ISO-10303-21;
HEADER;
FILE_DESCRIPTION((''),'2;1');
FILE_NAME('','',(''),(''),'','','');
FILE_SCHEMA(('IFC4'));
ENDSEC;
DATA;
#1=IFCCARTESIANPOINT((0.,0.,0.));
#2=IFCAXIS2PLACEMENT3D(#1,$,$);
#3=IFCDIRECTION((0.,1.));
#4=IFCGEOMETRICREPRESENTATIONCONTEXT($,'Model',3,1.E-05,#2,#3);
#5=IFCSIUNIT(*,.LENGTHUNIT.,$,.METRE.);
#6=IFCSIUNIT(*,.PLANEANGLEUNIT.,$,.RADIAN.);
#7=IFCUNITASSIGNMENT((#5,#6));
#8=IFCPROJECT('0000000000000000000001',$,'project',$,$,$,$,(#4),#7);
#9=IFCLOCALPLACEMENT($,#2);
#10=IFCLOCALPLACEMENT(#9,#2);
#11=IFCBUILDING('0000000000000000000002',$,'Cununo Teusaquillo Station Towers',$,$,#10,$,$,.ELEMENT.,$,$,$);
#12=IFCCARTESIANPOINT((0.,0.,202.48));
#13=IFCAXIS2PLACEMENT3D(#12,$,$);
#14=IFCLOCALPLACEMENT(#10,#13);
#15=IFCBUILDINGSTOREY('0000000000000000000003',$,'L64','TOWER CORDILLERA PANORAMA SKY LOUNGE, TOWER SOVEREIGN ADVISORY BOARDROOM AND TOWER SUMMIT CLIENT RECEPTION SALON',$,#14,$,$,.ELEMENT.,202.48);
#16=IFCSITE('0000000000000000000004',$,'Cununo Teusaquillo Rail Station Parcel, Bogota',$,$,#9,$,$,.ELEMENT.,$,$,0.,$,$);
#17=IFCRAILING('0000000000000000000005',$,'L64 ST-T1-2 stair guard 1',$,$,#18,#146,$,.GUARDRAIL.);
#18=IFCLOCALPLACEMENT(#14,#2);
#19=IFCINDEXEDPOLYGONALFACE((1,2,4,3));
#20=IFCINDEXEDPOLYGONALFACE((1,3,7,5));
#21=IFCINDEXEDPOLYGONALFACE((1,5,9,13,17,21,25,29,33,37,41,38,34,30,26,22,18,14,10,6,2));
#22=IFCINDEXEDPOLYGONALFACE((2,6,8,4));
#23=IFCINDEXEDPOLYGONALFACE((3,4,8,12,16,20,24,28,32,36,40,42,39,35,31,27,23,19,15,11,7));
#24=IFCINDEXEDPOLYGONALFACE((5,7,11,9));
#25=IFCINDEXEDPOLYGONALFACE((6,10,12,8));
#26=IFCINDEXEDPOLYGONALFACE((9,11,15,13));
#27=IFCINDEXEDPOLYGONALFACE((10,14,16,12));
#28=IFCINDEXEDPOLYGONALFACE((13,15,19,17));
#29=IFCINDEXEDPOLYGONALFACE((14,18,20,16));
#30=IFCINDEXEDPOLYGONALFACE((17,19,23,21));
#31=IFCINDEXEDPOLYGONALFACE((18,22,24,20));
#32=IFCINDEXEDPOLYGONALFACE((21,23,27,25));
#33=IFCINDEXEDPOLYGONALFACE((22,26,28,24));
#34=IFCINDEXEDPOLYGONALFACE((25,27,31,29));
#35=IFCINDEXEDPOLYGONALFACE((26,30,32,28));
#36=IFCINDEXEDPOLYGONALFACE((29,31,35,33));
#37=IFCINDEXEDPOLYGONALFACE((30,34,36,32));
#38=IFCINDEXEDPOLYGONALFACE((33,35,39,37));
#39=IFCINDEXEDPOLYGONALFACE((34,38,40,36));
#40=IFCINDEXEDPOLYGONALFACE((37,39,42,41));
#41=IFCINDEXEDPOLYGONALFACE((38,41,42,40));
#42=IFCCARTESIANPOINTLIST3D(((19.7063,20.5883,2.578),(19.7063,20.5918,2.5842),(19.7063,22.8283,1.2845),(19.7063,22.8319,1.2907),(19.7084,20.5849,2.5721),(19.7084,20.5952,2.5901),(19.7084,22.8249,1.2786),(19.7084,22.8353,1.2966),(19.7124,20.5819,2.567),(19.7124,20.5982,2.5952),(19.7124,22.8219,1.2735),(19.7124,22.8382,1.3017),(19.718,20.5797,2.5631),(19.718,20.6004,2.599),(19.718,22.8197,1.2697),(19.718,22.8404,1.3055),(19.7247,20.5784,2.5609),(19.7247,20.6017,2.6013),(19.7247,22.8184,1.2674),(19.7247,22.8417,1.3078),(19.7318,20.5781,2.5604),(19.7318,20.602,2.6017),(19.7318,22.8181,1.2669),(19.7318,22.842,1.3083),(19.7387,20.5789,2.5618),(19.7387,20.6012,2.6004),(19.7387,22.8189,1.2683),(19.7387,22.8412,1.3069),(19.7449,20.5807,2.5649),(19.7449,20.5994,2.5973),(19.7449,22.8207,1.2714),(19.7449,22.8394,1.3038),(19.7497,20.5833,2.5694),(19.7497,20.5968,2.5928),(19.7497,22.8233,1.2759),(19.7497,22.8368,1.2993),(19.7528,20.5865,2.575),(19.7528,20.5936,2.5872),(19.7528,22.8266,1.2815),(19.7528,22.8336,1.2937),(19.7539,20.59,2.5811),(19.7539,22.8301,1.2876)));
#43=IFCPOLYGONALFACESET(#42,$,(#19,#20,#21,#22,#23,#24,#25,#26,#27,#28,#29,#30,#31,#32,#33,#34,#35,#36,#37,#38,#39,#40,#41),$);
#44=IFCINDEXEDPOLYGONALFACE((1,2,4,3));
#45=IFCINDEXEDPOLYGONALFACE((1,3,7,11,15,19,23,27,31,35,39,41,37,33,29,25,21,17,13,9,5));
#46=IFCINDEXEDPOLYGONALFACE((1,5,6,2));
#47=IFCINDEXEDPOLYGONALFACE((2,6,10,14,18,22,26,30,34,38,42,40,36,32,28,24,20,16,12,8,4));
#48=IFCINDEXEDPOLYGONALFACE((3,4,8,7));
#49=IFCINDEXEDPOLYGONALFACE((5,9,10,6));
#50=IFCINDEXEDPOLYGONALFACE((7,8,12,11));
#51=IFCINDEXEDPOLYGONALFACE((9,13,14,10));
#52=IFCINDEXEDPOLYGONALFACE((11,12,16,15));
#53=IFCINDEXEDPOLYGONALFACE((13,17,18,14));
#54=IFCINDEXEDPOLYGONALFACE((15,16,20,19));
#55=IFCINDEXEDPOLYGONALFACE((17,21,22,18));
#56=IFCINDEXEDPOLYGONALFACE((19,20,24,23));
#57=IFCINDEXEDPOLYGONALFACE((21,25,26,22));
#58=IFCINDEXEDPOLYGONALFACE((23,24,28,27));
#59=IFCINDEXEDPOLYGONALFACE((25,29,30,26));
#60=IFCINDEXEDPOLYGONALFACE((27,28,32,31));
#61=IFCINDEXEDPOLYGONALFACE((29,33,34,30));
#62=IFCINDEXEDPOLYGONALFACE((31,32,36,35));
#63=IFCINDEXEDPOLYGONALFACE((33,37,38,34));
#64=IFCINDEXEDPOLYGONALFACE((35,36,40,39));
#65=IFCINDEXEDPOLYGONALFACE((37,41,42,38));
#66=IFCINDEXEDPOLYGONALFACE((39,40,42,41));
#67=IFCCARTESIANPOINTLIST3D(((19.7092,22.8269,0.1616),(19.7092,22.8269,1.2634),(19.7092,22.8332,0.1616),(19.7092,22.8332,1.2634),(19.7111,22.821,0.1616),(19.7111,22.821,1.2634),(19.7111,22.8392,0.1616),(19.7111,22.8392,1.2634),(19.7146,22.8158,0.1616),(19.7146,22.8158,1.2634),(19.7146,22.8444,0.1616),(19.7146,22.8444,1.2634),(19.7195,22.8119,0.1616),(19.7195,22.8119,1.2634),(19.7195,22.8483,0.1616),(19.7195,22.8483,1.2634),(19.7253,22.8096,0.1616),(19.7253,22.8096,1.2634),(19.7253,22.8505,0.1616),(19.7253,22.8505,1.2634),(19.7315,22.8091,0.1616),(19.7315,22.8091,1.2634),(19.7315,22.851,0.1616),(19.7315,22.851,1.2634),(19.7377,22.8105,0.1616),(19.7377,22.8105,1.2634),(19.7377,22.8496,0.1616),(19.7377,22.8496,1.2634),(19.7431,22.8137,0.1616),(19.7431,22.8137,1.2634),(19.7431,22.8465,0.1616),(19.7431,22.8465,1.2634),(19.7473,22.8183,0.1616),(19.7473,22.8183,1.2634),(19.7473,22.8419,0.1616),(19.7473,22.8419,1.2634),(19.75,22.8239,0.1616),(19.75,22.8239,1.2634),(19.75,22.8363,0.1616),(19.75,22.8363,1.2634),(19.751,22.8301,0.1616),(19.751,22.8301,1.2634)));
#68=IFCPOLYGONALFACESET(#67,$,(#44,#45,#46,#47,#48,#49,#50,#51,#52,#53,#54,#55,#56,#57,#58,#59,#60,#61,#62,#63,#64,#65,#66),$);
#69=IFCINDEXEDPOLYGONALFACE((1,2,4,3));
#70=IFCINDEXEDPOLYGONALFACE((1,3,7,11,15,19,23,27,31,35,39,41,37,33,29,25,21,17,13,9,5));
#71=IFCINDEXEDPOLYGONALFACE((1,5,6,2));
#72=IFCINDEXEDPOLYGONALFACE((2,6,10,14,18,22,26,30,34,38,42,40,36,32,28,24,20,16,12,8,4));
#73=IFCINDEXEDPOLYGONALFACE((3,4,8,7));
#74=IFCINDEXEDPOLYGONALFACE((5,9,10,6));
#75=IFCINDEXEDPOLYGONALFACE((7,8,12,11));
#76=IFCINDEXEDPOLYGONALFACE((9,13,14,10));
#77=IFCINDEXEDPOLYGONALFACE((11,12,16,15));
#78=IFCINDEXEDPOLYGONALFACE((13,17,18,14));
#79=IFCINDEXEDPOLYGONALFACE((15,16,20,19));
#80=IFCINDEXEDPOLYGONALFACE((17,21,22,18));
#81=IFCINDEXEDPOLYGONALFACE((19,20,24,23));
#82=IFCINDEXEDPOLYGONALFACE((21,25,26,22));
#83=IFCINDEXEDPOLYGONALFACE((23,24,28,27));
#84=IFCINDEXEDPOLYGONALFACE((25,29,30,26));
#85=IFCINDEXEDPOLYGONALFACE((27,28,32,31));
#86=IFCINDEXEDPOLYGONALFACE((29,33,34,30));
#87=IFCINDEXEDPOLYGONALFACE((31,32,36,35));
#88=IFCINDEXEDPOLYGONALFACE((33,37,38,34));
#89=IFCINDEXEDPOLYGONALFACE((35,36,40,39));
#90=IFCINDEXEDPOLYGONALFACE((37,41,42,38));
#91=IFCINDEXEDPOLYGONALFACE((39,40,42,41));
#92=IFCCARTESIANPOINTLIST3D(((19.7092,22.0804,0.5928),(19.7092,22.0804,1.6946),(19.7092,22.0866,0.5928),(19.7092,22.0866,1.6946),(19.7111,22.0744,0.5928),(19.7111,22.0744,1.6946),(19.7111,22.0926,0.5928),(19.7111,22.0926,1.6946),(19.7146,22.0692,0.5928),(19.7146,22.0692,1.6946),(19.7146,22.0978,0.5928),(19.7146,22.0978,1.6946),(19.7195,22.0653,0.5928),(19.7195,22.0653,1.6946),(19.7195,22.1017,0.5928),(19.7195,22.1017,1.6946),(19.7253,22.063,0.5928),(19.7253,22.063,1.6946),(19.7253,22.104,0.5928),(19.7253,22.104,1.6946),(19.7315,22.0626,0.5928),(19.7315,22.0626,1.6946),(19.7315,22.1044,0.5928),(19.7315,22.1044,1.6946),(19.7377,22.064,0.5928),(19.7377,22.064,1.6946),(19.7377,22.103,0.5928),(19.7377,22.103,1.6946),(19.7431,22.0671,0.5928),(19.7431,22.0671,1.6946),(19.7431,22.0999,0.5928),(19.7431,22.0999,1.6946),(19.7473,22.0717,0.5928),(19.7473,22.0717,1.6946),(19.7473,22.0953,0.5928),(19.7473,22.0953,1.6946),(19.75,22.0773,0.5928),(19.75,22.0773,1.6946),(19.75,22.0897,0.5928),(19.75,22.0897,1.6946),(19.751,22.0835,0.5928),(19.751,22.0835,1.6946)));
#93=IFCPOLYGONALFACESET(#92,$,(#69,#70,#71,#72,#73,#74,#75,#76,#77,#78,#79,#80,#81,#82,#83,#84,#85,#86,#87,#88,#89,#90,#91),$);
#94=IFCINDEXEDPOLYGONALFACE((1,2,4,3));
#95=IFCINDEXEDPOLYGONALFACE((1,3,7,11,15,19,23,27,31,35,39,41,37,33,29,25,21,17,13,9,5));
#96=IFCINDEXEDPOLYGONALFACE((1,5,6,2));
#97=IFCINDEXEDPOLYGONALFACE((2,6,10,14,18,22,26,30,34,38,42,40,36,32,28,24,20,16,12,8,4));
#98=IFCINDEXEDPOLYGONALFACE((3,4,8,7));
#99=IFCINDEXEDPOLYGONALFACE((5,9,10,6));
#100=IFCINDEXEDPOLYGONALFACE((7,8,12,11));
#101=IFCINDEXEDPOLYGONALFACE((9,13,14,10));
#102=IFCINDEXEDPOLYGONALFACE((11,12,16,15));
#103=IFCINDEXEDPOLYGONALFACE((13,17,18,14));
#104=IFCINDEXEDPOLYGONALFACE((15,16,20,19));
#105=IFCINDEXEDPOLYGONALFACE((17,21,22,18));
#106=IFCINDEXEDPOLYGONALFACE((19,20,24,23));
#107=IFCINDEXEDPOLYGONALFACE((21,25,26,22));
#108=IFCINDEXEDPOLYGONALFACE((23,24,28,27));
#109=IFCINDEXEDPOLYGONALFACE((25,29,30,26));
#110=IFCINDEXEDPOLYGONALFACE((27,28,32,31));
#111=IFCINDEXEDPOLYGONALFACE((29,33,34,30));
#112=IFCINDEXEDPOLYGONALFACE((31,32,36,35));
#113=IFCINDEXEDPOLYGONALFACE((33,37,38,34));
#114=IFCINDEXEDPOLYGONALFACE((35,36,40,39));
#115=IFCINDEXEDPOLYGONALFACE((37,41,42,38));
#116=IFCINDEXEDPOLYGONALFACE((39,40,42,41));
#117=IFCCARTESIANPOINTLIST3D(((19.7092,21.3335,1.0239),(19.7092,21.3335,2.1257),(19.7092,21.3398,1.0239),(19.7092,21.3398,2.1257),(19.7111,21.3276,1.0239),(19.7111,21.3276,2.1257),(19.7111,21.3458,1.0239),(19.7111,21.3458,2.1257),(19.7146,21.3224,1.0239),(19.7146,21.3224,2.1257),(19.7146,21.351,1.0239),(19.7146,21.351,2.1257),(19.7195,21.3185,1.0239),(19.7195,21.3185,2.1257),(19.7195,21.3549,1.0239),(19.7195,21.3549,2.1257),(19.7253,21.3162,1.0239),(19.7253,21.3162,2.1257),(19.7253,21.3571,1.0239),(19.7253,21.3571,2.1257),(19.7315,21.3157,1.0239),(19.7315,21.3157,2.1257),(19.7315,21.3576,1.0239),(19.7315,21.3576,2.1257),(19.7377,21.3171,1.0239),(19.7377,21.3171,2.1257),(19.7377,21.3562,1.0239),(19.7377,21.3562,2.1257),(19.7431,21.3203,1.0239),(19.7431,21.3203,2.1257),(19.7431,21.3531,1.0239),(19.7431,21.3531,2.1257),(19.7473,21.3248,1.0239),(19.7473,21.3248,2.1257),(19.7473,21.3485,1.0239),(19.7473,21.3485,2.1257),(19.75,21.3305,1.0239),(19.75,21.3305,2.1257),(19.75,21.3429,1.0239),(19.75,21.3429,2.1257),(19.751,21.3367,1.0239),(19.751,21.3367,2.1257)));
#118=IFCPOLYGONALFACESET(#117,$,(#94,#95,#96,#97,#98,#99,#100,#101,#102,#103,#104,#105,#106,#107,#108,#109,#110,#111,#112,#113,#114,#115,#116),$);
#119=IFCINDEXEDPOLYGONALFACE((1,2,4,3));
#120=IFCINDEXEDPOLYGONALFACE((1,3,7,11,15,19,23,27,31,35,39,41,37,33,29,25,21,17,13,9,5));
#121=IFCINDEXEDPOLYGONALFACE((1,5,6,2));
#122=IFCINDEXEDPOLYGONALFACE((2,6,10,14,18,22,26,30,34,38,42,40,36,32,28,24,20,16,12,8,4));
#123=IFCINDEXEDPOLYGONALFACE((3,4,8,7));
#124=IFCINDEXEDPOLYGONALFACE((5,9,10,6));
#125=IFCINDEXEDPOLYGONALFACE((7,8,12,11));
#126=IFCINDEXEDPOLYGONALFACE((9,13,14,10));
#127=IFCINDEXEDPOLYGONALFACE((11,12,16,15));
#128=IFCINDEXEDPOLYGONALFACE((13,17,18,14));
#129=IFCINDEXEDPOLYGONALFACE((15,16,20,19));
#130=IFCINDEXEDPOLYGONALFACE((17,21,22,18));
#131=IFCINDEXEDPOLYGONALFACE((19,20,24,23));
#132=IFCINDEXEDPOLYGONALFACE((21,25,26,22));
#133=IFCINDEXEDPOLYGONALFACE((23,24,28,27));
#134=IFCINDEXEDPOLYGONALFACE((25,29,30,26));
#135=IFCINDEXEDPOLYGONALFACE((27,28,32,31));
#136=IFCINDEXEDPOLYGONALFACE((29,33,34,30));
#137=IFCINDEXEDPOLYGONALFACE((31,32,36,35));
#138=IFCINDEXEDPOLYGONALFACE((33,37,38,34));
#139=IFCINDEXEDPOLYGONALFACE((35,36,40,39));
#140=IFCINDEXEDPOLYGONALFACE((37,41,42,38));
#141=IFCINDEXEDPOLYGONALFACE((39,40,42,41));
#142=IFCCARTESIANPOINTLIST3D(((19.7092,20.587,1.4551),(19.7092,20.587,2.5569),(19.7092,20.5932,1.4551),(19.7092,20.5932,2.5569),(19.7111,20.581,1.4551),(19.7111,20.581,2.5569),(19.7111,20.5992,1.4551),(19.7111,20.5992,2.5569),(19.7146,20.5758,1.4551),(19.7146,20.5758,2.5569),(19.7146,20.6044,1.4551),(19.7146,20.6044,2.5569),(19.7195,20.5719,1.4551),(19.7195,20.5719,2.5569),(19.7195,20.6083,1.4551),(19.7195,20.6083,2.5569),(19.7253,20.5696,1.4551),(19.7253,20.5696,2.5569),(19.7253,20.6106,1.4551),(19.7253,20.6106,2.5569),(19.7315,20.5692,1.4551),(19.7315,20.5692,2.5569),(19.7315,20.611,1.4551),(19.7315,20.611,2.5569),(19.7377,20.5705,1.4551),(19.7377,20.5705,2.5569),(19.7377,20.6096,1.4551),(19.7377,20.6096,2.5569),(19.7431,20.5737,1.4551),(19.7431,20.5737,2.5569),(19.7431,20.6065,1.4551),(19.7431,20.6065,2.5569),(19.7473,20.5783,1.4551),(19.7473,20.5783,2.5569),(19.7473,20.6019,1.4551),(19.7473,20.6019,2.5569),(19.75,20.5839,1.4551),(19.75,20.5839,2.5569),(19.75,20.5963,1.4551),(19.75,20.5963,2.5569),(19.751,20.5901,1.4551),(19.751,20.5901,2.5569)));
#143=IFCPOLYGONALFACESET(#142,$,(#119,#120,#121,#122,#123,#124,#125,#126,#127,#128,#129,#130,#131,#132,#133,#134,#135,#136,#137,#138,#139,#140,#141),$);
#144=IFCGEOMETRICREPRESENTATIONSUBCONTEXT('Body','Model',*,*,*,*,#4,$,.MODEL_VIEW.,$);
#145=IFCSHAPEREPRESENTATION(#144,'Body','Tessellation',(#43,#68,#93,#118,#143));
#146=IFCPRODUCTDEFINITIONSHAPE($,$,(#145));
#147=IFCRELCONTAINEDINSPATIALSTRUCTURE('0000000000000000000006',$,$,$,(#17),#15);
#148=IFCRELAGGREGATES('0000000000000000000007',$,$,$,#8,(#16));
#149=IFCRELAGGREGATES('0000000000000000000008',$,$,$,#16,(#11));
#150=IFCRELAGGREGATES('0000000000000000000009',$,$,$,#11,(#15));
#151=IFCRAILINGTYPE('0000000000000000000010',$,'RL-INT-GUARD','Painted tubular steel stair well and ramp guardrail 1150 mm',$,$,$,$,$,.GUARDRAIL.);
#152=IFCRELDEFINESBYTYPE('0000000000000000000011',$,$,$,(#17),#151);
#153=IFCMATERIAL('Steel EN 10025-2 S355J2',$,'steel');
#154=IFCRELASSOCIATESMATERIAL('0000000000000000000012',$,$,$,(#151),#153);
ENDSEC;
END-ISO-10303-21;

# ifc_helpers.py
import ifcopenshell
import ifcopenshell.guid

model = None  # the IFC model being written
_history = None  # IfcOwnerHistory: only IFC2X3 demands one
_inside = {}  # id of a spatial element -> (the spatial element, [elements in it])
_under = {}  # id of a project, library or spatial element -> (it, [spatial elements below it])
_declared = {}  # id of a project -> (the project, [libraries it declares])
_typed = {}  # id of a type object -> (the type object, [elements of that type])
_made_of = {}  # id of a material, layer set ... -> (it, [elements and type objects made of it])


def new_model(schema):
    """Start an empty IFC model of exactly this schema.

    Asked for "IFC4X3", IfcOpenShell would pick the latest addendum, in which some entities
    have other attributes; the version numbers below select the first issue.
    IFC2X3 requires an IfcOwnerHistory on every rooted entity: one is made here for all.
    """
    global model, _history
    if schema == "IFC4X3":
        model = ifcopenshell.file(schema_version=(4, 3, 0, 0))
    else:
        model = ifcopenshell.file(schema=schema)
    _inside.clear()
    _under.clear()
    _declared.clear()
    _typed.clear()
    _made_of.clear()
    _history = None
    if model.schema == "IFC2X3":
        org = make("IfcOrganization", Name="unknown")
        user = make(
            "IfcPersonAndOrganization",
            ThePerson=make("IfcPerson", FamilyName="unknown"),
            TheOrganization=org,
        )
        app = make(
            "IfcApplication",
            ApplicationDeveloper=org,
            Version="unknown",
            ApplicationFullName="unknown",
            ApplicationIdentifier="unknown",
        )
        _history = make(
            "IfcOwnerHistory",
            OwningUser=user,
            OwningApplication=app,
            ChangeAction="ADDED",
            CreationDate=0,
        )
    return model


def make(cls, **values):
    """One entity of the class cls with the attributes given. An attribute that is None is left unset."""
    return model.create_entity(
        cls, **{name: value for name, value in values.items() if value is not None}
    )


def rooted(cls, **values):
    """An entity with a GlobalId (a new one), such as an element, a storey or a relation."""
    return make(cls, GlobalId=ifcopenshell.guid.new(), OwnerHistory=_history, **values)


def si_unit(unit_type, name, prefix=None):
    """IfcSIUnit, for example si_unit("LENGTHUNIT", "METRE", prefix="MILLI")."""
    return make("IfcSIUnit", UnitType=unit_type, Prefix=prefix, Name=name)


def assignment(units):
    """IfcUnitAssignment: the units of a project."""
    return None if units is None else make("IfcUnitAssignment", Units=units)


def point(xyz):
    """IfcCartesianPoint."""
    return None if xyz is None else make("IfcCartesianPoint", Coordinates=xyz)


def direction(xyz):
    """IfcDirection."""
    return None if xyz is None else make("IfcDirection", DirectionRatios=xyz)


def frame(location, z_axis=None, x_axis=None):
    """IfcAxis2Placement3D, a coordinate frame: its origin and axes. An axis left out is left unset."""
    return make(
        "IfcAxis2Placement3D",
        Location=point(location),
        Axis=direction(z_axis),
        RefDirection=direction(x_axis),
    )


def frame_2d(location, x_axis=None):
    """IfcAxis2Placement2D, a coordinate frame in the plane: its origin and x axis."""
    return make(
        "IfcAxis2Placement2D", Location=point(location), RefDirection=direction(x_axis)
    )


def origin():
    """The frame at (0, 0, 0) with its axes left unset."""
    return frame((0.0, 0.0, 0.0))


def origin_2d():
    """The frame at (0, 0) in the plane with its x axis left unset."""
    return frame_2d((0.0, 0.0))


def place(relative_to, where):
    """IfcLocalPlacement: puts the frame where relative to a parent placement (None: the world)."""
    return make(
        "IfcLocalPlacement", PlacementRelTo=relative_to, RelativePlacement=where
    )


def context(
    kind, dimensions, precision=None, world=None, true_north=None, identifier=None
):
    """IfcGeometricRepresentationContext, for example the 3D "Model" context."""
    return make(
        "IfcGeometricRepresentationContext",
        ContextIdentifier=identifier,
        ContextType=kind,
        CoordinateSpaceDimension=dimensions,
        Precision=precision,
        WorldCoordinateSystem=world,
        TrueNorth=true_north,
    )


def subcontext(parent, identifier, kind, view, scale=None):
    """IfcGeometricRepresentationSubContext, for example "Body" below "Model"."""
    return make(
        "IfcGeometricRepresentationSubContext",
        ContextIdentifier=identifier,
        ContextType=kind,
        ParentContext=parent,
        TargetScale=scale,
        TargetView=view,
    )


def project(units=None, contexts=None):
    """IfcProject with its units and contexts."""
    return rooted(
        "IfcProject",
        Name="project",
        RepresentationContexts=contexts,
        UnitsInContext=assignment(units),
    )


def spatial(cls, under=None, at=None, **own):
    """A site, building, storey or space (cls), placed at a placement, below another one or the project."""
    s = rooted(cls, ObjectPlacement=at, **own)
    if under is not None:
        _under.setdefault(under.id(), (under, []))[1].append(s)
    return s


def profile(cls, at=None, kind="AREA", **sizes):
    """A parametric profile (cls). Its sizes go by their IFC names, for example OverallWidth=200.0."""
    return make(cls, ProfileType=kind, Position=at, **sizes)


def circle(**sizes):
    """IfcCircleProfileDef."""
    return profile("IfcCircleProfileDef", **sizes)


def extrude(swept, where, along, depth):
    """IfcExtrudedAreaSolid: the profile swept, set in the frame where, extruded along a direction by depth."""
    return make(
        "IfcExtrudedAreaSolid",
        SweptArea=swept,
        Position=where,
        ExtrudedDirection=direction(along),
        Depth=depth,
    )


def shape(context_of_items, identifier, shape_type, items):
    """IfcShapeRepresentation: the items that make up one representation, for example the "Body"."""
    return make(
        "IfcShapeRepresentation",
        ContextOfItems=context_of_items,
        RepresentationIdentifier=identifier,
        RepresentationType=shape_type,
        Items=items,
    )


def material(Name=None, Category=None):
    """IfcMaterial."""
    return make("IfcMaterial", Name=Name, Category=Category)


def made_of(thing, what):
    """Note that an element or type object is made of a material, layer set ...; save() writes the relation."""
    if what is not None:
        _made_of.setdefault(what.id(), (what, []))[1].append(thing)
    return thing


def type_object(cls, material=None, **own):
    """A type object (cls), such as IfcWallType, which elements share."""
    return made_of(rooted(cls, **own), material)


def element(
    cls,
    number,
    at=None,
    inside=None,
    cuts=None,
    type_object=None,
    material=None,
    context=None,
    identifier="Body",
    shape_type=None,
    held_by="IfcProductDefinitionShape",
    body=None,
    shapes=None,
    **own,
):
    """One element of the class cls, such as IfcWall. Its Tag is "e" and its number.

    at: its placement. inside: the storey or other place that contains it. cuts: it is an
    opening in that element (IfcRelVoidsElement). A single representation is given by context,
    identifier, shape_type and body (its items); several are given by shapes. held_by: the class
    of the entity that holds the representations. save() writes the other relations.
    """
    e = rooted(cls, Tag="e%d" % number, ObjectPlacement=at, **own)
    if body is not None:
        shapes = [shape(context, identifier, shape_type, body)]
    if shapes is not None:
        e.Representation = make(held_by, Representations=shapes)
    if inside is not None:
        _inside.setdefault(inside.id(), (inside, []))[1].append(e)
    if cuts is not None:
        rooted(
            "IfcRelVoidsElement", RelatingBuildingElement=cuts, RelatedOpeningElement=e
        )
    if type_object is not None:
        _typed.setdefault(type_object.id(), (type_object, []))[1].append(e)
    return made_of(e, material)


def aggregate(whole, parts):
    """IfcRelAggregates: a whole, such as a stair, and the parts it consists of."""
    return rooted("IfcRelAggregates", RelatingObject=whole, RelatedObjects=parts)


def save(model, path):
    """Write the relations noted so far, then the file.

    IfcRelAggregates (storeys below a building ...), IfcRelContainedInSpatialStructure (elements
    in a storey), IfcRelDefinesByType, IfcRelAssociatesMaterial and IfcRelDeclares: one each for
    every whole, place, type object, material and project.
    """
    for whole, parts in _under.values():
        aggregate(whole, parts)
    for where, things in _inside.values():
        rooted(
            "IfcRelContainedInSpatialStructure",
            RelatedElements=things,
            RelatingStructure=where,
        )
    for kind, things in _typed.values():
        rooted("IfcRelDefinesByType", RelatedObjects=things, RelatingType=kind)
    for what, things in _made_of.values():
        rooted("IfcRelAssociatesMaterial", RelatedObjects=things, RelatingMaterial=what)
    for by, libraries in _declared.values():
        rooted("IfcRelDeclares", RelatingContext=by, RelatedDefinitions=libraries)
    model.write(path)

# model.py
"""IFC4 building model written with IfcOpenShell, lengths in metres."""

from ifc_helpers import new_model, si_unit, direction, frame, origin, origin_2d, place, context, subcontext, project, spatial, circle, extrude, material, type_object, element, save


model = new_model("IFC4")

# Units and contexts
model_context = context("Model", 3, precision=1e-05, world=origin(), true_north=direction((0.0, 1.0)))
body_context = subcontext(model_context, "Body", "Model", "MODEL_VIEW")
ifc_project = project(units=[si_unit("LENGTHUNIT", "METRE"), si_unit("PLANEANGLEUNIT", "RADIAN")], contexts=[model_context])

# Site, building, storey
site_placement = place(None, origin())
site = spatial("IfcSite", under=ifc_project, at=site_placement, Name="Cununo Teusaquillo Rail Station Parcel, Bogota", CompositionType="ELEMENT", RefElevation=0.0)
building_placement = place(site_placement, origin())
building = spatial("IfcBuilding", under=site, at=building_placement, Name="Cununo Teusaquillo Station Towers", CompositionType="ELEMENT")
storey_placement = place(building_placement, frame((0.0, 0.0, 202.48)))
storey = spatial("IfcBuildingStorey", under=building, at=storey_placement, Name="L64", Description="TOWER CORDILLERA PANORAMA SKY LOUNGE, TOWER SOVEREIGN ADVISORY BOARDROOM AND TOWER SUMMIT CLIENT RECEPTION SALON", CompositionType="ELEMENT", Elevation=202.48)

# Railing
ifc_material_1 = material(Name="Steel EN 10025-2 S355J2", Category="steel")
railing_type_1 = type_object("IfcRailingType", Name="RL-INT-GUARD", Description="Painted tubular steel stair well and ramp guardrail 1150 mm", PredefinedType="GUARDRAIL", material=ifc_material_1)
railing_1_placement = place(storey_placement, frame((19.73, 22.8301, 0.1616)))
element("IfcRailing", 1, at=railing_1_placement, inside=storey, type_object=railing_type_1, Name="L64 ST-T1-2 stair guard 1", PredefinedType="GUARDRAIL", context=body_context, shape_type="SweptSolid", body=[
    extrude(circle(Radius=0.0239, at=origin_2d()), frame((0.0, 0.0, 1.126), z_axis=(0.0, -0.865992, 0.500057), x_axis=(1.0, 0.0, 0.0)), (0.0, 0.0, 1.0), 2.5867),
    extrude(circle(Radius=0.021, at=origin_2d()), origin(), (0.0, 0.0, 1.0), 1.1018),
    extrude(circle(Radius=0.021, at=origin_2d()), frame((0.0, -0.7466, 0.4312)), (0.0, 0.0, 1.0), 1.1018),
    extrude(circle(Radius=0.021, at=origin_2d()), frame((0.0, -1.4934, 0.8623)), (0.0, 0.0, 1.0), 1.1018),
    extrude(circle(Radius=0.021, at=origin_2d()), frame((0.0, -2.24, 1.2935)), (0.0, 0.0, 1.0), 1.1018),
])

save(model, "model.ifc")
